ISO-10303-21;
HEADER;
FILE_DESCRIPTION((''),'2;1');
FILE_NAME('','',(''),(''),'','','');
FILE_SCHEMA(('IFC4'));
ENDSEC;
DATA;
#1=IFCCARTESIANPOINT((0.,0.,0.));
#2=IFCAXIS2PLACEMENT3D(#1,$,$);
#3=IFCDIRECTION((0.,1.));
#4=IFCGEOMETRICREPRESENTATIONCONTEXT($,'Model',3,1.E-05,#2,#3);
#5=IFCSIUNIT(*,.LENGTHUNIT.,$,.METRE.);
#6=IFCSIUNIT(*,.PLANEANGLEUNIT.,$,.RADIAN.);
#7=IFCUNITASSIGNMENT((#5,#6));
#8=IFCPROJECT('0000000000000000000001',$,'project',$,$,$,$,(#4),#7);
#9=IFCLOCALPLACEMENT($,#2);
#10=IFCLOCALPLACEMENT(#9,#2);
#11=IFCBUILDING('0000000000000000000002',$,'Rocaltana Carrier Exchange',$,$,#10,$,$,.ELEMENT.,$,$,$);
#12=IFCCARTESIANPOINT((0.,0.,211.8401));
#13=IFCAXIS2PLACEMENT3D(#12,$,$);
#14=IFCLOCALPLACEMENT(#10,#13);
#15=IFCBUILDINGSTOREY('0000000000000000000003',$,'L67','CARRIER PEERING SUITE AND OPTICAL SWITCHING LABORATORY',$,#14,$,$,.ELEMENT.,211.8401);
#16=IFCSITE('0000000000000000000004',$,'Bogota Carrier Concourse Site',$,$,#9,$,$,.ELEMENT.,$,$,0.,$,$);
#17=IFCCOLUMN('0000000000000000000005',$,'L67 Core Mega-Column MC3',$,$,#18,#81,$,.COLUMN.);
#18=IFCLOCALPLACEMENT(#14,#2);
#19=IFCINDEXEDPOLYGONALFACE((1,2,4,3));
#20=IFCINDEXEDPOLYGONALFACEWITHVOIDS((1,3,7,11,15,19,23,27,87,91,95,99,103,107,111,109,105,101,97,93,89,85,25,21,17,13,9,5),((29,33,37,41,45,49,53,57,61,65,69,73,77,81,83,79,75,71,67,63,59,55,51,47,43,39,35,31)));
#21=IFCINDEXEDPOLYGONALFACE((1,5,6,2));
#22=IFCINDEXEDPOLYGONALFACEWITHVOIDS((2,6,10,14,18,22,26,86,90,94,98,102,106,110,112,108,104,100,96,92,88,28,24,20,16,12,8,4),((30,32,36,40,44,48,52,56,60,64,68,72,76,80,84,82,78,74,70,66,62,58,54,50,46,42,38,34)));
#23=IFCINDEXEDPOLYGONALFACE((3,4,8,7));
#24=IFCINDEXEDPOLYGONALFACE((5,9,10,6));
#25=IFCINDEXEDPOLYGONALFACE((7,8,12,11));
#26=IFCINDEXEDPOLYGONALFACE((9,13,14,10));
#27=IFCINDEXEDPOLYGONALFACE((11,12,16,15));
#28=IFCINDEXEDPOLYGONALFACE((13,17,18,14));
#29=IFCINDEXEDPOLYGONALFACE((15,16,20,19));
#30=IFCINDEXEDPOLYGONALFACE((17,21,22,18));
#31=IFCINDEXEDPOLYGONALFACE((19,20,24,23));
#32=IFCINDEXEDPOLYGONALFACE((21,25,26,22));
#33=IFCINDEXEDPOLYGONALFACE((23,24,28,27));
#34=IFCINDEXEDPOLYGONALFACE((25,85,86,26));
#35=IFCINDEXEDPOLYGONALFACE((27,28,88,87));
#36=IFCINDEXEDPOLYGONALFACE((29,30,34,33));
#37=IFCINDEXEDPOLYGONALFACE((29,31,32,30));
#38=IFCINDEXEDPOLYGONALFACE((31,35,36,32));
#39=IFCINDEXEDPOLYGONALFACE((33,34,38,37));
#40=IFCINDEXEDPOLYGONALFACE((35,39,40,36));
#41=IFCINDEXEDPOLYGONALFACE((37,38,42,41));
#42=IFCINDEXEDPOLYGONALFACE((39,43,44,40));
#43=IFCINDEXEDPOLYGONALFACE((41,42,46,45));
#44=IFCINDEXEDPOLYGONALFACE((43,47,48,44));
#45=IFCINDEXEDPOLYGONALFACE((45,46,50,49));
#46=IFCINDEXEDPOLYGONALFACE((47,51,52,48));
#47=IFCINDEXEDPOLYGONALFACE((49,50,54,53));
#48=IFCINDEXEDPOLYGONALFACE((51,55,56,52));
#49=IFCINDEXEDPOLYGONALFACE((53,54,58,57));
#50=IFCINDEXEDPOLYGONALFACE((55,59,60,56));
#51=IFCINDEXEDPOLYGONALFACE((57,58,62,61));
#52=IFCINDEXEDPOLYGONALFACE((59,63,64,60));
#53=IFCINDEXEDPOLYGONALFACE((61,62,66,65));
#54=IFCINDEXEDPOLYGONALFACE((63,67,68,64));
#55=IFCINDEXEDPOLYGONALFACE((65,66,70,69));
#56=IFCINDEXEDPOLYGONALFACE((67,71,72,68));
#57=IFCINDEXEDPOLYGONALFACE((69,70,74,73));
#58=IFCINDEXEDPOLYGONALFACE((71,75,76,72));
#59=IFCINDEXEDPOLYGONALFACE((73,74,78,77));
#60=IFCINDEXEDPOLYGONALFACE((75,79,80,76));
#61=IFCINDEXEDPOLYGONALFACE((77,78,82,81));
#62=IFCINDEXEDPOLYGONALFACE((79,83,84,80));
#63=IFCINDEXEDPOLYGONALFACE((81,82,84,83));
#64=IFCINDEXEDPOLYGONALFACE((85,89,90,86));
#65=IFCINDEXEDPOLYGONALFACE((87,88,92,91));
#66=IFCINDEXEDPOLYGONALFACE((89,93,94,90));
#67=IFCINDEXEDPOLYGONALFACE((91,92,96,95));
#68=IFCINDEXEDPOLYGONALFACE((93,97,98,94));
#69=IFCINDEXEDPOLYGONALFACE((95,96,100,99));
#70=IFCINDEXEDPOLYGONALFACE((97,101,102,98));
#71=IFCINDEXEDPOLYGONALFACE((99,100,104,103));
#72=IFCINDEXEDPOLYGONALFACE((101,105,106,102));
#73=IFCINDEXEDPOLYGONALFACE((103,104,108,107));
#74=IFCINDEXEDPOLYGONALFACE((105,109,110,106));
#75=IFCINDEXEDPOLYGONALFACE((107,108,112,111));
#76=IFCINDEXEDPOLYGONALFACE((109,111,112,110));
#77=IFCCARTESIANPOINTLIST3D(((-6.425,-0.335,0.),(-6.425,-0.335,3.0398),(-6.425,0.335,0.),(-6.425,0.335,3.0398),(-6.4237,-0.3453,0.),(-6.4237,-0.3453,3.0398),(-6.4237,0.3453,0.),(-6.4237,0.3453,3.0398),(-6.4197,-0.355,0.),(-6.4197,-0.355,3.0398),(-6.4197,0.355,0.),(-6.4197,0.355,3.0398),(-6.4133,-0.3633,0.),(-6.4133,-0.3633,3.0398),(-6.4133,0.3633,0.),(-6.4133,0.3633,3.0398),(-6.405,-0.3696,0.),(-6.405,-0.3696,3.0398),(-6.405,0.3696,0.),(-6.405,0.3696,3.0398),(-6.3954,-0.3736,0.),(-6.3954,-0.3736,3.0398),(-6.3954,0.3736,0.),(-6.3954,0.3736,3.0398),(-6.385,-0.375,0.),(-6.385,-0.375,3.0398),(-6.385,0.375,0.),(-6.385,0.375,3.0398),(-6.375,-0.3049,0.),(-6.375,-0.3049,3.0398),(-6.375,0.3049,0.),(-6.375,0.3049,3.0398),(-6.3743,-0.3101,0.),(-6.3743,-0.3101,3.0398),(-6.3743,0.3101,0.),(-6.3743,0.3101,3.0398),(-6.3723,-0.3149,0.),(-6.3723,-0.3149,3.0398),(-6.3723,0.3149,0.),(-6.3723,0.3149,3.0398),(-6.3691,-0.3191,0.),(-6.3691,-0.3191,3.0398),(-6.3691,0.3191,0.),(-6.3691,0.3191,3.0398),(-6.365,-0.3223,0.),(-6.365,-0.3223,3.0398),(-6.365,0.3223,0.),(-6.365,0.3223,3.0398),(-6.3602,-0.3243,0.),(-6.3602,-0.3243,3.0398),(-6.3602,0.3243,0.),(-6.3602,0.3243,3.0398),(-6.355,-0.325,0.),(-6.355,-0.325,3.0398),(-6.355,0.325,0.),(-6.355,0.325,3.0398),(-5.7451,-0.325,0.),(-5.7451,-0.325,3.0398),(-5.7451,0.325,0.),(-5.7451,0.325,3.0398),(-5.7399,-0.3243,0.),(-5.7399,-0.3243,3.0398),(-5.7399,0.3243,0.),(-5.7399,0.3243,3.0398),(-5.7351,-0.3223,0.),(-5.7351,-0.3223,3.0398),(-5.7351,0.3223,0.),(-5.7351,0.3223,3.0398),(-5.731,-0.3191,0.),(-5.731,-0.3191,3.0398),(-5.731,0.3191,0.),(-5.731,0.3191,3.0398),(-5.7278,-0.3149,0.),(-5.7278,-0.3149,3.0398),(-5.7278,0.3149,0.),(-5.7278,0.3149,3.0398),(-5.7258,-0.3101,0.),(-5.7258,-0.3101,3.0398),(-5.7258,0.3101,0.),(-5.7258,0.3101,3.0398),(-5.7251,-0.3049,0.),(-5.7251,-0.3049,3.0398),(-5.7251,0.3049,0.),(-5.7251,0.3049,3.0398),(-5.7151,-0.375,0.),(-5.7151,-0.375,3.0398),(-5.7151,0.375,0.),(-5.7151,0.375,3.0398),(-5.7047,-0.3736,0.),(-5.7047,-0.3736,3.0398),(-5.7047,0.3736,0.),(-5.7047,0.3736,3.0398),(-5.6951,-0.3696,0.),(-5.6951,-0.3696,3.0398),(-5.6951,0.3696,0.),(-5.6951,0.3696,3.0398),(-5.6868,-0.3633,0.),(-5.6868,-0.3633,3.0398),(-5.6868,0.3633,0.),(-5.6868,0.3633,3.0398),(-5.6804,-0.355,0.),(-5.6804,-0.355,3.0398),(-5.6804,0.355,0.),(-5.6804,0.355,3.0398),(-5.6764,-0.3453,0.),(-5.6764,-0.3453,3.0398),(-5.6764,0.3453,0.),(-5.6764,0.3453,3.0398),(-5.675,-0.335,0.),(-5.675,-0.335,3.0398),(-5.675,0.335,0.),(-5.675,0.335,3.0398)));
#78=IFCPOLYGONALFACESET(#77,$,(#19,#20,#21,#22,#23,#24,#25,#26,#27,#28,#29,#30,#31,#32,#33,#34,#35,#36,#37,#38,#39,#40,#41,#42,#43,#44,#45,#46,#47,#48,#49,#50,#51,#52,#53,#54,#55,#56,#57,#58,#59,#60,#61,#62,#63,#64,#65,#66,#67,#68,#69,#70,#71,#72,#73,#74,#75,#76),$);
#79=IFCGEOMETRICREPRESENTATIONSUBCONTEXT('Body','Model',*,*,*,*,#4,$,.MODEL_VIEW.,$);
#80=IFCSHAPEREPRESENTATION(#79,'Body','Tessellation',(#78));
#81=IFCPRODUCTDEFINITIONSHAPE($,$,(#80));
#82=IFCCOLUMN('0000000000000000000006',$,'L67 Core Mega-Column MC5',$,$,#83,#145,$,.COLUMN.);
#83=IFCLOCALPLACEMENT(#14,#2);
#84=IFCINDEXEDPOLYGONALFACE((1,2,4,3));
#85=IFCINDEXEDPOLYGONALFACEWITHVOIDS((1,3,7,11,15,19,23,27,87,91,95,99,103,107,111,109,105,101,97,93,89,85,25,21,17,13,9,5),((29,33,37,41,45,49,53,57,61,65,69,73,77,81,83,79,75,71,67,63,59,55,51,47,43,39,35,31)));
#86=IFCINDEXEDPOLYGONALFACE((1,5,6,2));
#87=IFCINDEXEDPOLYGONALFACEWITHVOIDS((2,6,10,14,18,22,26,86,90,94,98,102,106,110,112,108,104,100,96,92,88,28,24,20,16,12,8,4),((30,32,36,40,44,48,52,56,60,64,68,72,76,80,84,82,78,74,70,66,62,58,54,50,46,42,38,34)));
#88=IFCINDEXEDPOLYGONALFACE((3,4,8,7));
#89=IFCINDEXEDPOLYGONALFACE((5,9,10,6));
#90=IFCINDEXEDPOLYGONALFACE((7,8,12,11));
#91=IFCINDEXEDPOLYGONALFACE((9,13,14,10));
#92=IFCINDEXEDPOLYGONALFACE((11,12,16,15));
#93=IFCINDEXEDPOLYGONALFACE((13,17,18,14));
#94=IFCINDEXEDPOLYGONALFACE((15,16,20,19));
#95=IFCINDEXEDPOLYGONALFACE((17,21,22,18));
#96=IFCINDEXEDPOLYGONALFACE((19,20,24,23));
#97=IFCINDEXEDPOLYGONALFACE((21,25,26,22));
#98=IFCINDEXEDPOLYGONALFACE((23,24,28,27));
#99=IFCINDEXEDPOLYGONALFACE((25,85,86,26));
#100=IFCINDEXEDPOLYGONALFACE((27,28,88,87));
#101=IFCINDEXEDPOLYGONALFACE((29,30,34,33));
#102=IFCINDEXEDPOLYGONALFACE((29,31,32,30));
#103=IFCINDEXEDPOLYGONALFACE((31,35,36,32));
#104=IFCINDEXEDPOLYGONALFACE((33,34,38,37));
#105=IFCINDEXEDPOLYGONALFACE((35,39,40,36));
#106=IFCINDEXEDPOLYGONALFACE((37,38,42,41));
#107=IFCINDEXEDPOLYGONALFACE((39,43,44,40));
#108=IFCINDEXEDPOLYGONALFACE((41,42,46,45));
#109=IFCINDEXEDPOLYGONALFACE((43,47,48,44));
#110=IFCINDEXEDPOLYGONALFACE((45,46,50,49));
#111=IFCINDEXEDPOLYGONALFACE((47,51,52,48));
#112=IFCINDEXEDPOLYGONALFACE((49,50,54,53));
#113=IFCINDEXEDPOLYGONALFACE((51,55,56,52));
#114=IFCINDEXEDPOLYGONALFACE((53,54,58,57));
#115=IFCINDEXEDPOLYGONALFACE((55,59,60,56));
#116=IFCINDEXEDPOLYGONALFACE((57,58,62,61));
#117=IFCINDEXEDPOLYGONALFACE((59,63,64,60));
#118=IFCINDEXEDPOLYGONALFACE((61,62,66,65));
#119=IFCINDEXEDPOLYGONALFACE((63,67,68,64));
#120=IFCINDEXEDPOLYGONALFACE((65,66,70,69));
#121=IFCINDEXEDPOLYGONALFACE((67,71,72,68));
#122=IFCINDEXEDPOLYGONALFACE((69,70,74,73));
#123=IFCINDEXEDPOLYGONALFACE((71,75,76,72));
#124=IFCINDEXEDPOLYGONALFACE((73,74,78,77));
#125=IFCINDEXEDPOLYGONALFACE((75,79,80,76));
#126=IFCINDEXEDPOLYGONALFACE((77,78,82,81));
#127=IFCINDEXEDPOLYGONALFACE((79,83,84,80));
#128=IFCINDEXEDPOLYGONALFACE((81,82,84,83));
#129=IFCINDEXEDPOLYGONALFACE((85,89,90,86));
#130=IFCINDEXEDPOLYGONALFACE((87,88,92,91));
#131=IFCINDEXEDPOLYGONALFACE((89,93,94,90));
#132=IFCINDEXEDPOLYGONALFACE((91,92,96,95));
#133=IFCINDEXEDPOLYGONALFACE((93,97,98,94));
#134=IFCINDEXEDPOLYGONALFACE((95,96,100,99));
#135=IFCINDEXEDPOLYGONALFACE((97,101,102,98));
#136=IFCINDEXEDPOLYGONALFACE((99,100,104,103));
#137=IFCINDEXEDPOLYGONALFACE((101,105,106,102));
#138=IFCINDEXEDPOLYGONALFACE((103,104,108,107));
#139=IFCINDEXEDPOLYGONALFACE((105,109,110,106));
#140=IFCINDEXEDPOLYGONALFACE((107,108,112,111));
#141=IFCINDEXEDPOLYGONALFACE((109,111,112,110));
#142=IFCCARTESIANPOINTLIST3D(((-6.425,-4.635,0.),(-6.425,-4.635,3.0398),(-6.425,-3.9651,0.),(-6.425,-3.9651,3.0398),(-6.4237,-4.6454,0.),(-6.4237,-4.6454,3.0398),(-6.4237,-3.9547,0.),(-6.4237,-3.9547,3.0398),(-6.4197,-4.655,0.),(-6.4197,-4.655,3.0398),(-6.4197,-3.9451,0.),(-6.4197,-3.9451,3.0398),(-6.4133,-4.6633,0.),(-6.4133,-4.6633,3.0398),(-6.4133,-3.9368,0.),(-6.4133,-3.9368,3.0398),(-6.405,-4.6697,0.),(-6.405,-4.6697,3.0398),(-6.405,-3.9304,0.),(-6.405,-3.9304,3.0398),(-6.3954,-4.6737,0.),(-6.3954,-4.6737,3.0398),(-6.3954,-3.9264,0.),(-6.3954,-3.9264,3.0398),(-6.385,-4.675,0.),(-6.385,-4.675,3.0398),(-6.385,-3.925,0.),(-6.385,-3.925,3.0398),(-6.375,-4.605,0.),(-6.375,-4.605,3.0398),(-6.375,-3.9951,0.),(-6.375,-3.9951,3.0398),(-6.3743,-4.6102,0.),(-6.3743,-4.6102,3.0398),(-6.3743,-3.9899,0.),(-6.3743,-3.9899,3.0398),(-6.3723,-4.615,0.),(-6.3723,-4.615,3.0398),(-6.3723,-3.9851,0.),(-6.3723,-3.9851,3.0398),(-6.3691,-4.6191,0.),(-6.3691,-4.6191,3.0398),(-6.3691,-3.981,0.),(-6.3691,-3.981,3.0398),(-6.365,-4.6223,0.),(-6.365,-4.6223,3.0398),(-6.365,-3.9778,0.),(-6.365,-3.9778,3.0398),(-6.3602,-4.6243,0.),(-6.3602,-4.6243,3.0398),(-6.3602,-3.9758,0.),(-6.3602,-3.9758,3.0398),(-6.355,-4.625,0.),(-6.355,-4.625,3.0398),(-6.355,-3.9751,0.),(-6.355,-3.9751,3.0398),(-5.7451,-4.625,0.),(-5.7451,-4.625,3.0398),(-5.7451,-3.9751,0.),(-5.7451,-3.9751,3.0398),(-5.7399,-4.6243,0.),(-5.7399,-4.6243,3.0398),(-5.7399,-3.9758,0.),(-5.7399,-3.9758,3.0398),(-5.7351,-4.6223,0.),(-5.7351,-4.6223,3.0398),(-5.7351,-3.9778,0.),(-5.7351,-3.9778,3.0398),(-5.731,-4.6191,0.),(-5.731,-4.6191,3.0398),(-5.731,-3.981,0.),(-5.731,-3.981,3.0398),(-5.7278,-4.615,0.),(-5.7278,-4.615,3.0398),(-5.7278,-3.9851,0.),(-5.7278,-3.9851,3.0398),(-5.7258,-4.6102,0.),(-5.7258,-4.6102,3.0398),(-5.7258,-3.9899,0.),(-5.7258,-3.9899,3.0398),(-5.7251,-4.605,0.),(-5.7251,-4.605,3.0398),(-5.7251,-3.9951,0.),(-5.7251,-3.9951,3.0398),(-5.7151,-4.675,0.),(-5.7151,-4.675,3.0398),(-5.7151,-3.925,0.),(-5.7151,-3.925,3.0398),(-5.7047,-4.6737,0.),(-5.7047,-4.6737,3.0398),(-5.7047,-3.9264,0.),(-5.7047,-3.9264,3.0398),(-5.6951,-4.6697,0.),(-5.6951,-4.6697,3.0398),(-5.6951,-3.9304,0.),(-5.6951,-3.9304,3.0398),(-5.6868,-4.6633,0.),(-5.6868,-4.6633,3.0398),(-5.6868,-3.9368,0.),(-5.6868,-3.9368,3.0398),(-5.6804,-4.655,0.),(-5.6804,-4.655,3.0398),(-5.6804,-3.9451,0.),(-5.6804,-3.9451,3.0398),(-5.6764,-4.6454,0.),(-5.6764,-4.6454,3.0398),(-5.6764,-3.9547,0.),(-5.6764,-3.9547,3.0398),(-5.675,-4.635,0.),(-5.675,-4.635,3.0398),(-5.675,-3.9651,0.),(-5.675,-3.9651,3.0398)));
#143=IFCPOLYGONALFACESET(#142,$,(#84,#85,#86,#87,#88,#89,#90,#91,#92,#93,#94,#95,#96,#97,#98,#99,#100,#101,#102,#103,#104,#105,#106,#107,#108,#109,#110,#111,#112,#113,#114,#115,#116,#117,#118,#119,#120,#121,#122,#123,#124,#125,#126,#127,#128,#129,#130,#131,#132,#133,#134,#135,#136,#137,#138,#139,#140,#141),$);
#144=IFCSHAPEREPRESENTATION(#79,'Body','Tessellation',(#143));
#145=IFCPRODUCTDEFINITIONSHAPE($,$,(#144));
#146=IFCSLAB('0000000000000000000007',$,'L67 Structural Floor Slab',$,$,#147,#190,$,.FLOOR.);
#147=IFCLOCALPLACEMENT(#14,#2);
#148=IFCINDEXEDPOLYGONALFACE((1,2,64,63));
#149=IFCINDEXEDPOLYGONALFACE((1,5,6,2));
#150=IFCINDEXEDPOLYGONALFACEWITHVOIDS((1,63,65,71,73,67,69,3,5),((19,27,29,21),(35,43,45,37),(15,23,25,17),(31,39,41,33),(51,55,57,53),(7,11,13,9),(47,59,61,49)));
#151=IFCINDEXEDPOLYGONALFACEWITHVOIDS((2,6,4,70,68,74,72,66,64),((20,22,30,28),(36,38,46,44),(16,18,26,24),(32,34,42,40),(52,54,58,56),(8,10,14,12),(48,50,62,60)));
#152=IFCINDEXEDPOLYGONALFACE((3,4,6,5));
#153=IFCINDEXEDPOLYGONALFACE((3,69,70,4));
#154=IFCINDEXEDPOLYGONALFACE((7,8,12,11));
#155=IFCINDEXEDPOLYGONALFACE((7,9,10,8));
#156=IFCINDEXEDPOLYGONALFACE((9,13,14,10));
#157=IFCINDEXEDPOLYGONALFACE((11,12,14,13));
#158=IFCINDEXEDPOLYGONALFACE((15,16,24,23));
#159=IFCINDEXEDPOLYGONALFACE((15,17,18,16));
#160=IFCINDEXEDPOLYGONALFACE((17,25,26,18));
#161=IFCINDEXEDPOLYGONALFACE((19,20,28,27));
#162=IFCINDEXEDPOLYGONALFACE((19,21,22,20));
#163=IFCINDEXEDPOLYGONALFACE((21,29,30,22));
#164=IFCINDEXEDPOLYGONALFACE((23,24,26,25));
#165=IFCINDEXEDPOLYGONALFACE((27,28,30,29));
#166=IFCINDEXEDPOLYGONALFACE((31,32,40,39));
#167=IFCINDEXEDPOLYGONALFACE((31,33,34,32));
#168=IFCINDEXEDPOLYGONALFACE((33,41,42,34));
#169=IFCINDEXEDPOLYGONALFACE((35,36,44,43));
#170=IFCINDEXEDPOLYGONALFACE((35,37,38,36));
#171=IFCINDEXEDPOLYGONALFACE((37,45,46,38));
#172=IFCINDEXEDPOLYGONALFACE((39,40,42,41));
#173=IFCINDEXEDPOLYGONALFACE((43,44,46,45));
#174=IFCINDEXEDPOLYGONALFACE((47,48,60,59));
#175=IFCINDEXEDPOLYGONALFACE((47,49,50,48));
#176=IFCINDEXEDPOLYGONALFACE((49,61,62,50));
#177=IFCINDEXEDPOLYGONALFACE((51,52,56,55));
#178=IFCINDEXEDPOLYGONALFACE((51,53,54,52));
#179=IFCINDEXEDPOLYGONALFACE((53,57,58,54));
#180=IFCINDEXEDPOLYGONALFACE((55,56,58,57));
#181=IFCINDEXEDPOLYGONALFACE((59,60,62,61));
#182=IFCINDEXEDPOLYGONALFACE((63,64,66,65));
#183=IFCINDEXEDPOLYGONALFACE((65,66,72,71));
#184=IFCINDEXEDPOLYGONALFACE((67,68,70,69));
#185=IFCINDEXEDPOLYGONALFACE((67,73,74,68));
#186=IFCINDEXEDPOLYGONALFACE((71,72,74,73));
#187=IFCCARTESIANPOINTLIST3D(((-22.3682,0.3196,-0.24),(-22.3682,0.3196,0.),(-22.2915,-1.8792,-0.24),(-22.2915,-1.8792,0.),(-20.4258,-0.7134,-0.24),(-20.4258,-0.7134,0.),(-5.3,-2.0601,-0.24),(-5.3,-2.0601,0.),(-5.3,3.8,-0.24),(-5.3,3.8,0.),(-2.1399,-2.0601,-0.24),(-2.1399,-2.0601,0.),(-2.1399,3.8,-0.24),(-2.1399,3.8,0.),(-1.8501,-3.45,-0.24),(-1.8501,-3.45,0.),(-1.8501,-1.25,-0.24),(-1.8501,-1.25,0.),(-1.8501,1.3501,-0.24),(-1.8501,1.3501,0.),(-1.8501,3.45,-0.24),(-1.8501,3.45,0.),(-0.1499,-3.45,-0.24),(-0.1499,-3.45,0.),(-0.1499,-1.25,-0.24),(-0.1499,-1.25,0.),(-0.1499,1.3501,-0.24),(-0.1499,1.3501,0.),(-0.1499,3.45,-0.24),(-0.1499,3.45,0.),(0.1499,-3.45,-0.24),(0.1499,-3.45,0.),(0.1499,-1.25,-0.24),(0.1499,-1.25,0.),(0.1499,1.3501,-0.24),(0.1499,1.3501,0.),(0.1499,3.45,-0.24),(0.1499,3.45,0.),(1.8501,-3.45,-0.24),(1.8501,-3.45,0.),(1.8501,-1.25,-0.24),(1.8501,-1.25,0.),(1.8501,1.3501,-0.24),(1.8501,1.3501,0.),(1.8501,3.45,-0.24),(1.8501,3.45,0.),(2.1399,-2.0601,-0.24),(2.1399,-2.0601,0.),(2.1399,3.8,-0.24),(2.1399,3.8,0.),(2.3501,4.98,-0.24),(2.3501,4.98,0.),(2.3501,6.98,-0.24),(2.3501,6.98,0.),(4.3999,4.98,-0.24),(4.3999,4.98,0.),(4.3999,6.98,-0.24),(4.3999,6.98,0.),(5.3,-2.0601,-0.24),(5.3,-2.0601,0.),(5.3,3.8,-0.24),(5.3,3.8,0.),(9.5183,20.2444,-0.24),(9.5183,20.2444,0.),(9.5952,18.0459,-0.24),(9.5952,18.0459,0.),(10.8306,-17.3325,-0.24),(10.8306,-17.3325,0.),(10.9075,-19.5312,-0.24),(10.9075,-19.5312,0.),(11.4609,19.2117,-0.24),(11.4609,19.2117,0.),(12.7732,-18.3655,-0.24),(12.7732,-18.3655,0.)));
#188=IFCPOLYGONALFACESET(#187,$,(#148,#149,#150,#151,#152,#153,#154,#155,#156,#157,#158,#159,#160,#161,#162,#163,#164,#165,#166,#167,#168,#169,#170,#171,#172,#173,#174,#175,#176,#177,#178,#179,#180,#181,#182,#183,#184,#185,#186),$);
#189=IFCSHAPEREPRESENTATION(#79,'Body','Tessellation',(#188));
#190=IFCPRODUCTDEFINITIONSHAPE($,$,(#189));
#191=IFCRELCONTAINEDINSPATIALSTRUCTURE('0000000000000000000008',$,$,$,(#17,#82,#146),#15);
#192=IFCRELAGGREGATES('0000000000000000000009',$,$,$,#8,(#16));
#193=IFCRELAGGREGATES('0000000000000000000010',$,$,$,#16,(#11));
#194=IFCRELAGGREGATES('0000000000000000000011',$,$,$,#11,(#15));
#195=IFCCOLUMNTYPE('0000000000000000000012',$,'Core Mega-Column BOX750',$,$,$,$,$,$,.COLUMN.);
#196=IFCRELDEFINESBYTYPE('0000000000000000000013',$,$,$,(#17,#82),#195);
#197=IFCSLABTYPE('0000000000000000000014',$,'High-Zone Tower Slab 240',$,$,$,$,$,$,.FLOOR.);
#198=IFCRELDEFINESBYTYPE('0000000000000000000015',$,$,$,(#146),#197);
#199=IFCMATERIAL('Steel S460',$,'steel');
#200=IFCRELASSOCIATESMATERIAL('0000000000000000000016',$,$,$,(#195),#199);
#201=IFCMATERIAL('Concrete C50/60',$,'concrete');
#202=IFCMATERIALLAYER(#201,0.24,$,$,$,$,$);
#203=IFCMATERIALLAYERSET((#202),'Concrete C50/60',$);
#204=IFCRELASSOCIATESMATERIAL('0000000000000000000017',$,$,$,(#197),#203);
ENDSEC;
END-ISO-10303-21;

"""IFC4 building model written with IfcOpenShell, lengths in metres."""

from ifc_helpers import new_model, si_unit, direction, frame, origin, origin_2d, place, context, subcontext, project, spatial, polyline, hollow_rectangle, outline, extrude, material, layer, layer_set, material_profile, profile_set, type_object, element, save


model = new_model("IFC4")

# Units and contexts
model_context = context("Model", 3, precision=1e-05, world=origin(), true_north=direction((0.0, 1.0)))
body_context = subcontext(model_context, "Body", "Model", "MODEL_VIEW")
ifc_project = project(units=[si_unit("LENGTHUNIT", "METRE"), si_unit("PLANEANGLEUNIT", "RADIAN")], contexts=[model_context])

# Site, building, storey
site_placement = place(None, origin())
site = spatial("IfcSite", under=ifc_project, at=site_placement, Name="Bogota Carrier Concourse Site", CompositionType="ELEMENT", RefElevation=0.0)
building_placement = place(site_placement, origin())
building = spatial("IfcBuilding", under=site, at=building_placement, Name="Rocaltana Carrier Exchange", CompositionType="ELEMENT")
storey_placement = place(building_placement, frame((0.0, 0.0, 211.8401)))
storey = spatial("IfcBuildingStorey", under=building, at=storey_placement, Name="L67", Description="CARRIER PEERING SUITE AND OPTICAL SWITCHING LABORATORY", CompositionType="ELEMENT", Elevation=211.8401)

# Columns
ifc_material_1 = material(Name="Steel S460", Category="steel")
ifc_material_profile = material_profile(ifc_material_1, hollow_rectangle(XDim=0.75, YDim=0.75, WallThickness=0.05, InnerFilletRadius=0.02, OuterFilletRadius=0.04, at=origin_2d()), Name="BOX750X750X50")
ifc_profile_set = profile_set([ifc_material_profile], Name="Steel S460")
column_type = type_object("IfcColumnType", Name="Core Mega-Column BOX750", PredefinedType="COLUMN", material=ifc_profile_set)
for number, where, z_axis, x_axis, name in (
    (1, (-6.05, 0.0, 0.0), (0.0, 0.0, 1.0), (1.0, 0.0, 0.0), "L67 Core Mega-Column MC3"),
    (2, (-6.05, -4.3, 0.0), (0.0, 0.0, 1.0), (1.0, 0.0, 0.0), "L67 Core Mega-Column MC5"),
):
    element("IfcColumn", number, at=place(storey_placement, frame(where, z_axis=z_axis, x_axis=x_axis)), inside=storey, type_object=column_type, Name=name, PredefinedType="COLUMN", context=body_context, shape_type="SweptSolid", body=[
        extrude(hollow_rectangle(XDim=0.75, YDim=0.75, WallThickness=0.05, InnerFilletRadius=0.02, OuterFilletRadius=0.04, at=origin_2d()), origin(), (0.0, 0.0, 1.0), 3.0398),
    ])

# Slab
ifc_material_2 = material(Name="Concrete C50/60", Category="concrete")
ifc_layer_1 = layer(ifc_material_2, 0.24)
ifc_layer_set_1 = layer_set([ifc_layer_1], Name="Concrete C50/60")
slab_type = type_object("IfcSlabType", Name="High-Zone Tower Slab 240", PredefinedType="FLOOR", material=ifc_layer_set_1)
slab_placement = place(storey_placement, frame((0.0, 0.0, -0.24)))
element("IfcSlab", 3, at=slab_placement, inside=storey, type_object=slab_type, Name="L67 Structural Floor Slab", PredefinedType="FLOOR", context=body_context, shape_type="SweptSolid", body=[
    extrude(outline(polyline([(10.9075, -19.5312), (10.8306, -17.3325), (12.7732, -18.3655), (11.4609, 19.2117), (9.5952, 18.0459), (9.5183, 20.2444), (-22.3682, 0.3196), (-20.4258, -0.7134), (-22.2915, -1.8792), (10.9075, -19.5312)]), holes=[polyline([(-5.3, -2.0601), (-2.1399, -2.0601), (-2.1399, 3.8), (-5.3, 3.8), (-5.3, -2.0601)]), polyline([(2.1399, -2.0601), (5.3, -2.0601), (5.3, 3.8), (2.1399, 3.8), (2.1399, -2.0601)]), polyline([(-1.8501, -3.45), (-0.1499, -3.45), (-0.1499, -1.25), (-1.8501, -1.25), (-1.8501, -3.45)]), polyline([(0.1499, -3.45), (1.8501, -3.45), (1.8501, -1.25), (0.1499, -1.25), (0.1499, -3.45)]), polyline([(2.3501, 4.98), (4.3999, 4.98), (4.3999, 6.98), (2.3501, 6.98), (2.3501, 4.98)]), polyline([(-1.8501, 1.3501), (-0.1499, 1.3501), (-0.1499, 3.45), (-1.8501, 3.45), (-1.8501, 1.3501)]), polyline([(0.1499, 1.3501), (1.8501, 1.3501), (1.8501, 3.45), (0.1499, 3.45), (0.1499, 1.3501)])]), origin(), (0.0, 0.0, 1.0), 0.24),
])

save(model, "model.ifc")
